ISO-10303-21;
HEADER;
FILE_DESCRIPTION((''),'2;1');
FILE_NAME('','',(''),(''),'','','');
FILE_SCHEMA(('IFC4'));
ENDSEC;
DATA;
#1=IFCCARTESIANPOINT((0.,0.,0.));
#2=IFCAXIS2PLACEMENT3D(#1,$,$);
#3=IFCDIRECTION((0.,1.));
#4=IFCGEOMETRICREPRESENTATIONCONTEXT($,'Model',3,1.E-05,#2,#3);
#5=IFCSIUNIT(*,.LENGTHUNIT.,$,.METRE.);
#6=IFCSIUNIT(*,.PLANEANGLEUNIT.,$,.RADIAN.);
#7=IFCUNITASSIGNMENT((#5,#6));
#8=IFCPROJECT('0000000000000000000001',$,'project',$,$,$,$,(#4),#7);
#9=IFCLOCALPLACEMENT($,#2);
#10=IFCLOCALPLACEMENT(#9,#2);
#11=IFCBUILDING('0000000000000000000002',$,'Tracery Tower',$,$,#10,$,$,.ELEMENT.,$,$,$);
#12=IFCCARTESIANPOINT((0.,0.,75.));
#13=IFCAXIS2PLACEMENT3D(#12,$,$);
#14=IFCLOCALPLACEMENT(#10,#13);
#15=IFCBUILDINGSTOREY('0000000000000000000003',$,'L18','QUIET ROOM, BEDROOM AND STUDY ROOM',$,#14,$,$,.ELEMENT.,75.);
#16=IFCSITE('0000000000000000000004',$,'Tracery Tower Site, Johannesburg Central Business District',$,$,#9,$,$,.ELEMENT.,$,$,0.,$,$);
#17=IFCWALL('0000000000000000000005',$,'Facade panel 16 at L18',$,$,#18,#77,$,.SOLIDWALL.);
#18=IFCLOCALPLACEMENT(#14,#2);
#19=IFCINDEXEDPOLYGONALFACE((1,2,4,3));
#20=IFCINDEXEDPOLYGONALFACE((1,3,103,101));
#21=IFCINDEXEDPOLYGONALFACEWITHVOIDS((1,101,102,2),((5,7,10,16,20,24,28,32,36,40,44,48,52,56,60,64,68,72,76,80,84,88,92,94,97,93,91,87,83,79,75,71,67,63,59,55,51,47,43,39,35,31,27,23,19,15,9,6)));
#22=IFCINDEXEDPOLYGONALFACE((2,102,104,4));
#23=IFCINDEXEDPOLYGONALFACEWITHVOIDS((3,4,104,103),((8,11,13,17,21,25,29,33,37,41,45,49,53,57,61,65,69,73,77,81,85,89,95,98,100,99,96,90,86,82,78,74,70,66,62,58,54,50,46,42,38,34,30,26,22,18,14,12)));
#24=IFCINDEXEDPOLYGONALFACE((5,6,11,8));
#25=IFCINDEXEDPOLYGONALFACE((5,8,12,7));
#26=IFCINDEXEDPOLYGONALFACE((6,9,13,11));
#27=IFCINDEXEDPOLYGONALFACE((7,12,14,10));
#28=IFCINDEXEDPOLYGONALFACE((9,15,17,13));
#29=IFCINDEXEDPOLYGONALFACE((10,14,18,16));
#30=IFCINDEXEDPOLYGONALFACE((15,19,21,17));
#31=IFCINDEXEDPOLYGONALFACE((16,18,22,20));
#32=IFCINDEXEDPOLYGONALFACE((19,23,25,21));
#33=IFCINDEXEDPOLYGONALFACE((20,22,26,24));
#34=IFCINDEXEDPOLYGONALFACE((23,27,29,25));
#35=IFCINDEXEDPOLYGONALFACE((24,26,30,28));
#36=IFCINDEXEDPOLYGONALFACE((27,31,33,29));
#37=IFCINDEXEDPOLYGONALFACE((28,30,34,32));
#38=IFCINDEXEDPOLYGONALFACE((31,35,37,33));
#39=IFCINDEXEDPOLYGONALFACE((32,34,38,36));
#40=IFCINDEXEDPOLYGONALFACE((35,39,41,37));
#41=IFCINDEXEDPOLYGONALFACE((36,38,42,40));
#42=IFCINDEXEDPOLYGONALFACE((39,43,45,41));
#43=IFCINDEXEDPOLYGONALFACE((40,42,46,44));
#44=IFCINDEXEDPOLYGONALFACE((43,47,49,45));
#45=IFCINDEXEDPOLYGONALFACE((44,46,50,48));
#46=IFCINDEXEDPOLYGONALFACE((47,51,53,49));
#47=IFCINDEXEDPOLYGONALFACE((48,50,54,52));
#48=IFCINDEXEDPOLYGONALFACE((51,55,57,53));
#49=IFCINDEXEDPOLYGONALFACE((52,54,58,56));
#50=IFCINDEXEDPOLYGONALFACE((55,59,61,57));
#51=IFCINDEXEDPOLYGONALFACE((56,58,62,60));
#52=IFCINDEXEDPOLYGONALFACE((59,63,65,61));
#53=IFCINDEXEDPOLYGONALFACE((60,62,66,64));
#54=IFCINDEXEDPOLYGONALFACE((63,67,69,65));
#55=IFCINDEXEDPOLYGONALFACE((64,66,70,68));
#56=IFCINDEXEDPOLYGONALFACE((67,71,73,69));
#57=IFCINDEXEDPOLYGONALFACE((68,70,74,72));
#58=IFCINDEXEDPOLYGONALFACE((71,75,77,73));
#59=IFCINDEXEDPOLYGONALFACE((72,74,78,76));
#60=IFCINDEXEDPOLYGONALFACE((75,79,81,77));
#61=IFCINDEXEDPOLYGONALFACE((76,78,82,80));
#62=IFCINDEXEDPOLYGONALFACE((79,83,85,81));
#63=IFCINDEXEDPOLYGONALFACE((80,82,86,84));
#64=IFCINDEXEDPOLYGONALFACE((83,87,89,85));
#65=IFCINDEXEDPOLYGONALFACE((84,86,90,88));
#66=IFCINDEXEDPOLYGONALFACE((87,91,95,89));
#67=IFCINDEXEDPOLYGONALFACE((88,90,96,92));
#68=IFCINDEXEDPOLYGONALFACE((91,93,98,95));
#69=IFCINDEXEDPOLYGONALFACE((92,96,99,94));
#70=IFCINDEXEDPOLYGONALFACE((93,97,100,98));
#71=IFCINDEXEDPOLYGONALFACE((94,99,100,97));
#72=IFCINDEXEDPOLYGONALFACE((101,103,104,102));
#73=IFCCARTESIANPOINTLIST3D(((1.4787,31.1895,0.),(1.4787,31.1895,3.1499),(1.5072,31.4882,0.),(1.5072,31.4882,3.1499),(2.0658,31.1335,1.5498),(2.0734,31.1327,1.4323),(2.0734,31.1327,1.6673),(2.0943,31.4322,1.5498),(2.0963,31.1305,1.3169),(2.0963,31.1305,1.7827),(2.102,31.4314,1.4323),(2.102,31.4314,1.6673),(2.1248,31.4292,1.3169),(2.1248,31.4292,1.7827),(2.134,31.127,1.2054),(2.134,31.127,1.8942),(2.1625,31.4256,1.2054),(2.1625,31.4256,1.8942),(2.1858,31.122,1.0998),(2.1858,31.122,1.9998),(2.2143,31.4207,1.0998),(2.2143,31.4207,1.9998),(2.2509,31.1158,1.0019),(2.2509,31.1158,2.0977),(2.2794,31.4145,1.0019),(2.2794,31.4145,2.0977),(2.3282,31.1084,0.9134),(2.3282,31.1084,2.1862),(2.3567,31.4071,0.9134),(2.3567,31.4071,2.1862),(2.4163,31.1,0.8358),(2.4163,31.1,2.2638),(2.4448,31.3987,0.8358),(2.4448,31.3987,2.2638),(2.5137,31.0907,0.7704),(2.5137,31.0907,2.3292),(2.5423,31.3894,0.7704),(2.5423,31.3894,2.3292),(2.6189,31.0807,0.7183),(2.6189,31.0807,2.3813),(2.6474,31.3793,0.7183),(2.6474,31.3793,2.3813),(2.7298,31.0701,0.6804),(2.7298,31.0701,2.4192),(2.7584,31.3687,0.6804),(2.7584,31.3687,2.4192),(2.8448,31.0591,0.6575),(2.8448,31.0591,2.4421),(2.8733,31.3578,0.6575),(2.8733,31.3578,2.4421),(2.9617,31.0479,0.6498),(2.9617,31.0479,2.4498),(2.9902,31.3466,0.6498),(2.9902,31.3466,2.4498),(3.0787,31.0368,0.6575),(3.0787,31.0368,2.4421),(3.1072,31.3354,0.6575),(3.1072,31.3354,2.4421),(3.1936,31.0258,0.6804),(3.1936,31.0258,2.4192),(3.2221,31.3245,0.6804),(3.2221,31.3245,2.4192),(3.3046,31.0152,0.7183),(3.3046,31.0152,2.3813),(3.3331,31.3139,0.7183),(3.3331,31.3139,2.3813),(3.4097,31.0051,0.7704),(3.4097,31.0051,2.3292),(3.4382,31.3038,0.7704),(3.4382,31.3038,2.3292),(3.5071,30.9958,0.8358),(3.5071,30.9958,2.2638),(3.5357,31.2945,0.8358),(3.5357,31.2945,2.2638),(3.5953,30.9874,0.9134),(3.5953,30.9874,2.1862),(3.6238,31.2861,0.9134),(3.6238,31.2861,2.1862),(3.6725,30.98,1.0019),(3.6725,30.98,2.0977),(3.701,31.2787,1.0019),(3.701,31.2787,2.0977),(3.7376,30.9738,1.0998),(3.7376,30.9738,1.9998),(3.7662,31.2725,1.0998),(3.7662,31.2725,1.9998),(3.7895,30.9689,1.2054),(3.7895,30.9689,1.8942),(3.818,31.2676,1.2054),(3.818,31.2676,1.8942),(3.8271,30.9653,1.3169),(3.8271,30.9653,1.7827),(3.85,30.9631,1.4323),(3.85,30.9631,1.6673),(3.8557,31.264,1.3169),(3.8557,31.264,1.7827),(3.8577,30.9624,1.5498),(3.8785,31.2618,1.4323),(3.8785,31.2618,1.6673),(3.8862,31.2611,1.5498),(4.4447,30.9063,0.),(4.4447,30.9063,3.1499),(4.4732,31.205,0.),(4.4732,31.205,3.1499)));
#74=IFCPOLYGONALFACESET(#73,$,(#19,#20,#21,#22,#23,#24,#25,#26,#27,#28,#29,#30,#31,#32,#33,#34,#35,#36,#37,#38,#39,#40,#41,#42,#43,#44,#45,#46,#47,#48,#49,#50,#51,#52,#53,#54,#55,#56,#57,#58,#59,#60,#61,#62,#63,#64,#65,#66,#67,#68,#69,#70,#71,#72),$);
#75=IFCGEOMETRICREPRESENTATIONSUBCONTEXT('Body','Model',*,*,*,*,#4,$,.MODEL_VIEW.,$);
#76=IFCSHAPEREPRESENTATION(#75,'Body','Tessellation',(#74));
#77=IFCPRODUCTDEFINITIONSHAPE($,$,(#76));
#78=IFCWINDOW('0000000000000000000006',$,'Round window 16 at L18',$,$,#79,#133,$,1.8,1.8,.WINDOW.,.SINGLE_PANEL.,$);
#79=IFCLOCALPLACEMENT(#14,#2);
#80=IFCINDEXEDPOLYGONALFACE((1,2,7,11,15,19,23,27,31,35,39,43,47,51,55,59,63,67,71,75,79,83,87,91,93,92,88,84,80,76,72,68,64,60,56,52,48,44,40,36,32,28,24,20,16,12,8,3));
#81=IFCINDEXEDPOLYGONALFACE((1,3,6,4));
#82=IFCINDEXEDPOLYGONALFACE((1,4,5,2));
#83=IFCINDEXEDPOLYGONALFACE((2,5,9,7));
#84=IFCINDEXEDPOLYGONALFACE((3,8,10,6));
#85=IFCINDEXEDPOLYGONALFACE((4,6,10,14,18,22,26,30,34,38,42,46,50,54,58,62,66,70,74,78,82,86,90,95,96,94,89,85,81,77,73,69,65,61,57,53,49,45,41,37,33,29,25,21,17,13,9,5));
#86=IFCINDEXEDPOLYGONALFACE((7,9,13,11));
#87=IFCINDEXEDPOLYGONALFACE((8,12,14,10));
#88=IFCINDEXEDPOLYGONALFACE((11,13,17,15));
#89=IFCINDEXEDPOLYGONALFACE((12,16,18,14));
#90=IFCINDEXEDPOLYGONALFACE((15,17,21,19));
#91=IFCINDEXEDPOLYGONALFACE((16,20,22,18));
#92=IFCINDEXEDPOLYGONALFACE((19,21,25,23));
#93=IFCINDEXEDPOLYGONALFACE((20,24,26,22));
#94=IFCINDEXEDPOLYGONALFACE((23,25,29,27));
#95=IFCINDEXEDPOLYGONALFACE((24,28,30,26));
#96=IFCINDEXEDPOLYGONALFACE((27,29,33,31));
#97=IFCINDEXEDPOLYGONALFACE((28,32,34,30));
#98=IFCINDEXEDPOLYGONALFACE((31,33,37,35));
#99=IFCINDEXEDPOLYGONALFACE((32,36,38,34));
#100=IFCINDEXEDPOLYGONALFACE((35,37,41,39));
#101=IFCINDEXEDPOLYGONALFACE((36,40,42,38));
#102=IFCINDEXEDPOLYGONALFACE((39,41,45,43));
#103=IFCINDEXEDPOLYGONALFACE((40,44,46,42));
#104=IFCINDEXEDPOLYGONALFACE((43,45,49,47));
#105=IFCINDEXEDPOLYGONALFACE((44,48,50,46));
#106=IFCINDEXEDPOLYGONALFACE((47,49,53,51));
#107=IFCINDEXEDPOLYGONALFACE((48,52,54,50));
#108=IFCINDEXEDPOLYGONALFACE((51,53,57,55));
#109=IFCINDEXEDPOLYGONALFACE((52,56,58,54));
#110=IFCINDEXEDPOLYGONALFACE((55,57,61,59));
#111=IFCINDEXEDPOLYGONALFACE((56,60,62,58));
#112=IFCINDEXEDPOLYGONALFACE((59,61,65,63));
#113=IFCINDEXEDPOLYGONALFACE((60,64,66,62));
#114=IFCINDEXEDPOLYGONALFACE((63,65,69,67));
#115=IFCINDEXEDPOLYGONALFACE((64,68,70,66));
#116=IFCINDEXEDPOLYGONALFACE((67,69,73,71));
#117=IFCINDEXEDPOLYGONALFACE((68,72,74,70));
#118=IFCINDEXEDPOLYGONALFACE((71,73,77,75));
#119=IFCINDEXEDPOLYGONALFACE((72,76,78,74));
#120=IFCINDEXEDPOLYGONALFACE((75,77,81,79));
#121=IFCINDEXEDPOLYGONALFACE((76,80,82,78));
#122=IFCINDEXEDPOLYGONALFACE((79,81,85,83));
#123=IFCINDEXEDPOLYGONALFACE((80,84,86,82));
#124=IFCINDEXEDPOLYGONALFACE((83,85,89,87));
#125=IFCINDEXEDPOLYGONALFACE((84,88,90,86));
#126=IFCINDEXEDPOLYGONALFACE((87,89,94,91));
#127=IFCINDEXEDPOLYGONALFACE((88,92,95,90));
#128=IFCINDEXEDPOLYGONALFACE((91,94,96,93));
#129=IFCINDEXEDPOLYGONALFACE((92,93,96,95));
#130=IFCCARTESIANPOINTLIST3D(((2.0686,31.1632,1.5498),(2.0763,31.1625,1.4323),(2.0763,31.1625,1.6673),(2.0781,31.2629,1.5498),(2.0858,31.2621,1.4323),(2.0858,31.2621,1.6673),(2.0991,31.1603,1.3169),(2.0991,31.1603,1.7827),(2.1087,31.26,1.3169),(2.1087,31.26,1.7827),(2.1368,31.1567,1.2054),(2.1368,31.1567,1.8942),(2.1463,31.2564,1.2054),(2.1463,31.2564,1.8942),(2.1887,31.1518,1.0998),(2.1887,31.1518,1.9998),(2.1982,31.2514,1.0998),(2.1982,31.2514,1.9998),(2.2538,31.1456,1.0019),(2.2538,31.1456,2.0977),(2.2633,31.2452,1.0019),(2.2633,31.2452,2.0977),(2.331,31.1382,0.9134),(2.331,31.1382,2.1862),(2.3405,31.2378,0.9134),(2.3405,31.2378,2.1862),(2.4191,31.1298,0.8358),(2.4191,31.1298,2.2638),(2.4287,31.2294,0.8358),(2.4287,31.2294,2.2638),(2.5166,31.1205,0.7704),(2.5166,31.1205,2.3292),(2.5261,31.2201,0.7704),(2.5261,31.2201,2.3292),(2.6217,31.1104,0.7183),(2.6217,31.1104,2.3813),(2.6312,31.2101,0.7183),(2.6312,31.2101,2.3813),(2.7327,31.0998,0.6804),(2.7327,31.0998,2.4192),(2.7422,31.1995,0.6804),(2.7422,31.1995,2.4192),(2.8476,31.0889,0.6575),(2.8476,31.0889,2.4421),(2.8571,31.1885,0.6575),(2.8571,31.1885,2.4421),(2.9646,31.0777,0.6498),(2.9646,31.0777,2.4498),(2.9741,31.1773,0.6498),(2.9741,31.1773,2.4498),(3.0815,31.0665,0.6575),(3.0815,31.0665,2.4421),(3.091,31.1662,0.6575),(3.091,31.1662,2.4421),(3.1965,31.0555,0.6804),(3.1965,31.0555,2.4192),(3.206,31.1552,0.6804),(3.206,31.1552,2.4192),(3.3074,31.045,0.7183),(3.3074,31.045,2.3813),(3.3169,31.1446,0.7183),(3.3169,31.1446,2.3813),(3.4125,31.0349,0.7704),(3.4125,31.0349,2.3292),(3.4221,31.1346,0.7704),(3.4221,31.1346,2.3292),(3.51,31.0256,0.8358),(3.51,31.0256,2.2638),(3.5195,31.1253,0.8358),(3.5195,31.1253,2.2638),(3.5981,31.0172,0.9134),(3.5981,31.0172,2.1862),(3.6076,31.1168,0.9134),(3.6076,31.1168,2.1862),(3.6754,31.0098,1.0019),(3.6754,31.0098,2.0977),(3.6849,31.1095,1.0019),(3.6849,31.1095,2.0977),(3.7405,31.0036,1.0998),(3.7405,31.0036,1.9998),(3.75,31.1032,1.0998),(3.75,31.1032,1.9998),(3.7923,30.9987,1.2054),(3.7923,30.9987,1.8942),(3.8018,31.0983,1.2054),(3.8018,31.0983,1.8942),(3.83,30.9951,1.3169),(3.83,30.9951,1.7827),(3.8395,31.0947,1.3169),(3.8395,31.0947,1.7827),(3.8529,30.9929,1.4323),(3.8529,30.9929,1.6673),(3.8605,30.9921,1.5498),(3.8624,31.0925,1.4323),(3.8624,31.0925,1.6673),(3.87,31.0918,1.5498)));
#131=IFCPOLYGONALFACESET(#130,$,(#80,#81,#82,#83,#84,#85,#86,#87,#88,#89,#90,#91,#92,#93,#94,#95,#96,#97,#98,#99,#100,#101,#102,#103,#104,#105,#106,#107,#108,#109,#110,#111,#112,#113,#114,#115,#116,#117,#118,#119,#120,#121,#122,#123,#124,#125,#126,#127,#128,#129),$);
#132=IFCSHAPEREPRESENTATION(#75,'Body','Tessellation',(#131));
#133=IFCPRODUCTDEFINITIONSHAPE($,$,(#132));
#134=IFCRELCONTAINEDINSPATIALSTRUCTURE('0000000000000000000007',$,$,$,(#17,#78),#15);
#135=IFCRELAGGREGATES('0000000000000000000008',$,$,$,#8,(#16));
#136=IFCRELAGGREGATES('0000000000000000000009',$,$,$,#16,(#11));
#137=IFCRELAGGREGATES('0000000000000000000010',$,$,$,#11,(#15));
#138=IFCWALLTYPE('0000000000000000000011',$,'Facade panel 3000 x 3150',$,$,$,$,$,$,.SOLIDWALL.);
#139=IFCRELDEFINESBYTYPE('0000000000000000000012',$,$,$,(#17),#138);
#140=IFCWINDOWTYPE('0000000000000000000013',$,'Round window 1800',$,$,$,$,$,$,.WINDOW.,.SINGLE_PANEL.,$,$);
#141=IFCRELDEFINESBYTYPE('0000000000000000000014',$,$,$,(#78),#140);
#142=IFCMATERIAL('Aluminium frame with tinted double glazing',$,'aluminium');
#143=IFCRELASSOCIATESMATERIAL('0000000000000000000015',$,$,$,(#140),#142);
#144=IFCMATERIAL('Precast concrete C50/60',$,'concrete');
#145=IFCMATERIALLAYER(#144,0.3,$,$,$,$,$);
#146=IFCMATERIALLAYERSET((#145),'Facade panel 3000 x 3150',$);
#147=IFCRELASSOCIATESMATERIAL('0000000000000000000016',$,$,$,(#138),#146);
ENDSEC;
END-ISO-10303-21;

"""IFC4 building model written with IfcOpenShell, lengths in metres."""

from ifc_helpers import new_model, si_unit, direction, frame, frame_2d, origin, origin_2d, place, context, subcontext, project, spatial, rectangle, circle, extrude, material, layer, layer_set, type_object, element, fill, save


model = new_model("IFC4")

# Units and contexts
model_context = context("Model", 3, precision=1e-05, world=origin(), true_north=direction((0.0, 1.0)))
body_context = subcontext(model_context, "Body", "Model", "MODEL_VIEW")
ifc_project = project(units=[si_unit("LENGTHUNIT", "METRE"), si_unit("PLANEANGLEUNIT", "RADIAN")], contexts=[model_context])

# Site, building, storey
site_placement = place(None, origin())
site = spatial("IfcSite", under=ifc_project, at=site_placement, Name="Tracery Tower Site, Johannesburg Central Business District", CompositionType="ELEMENT", RefElevation=0.0)
building_placement = place(site_placement, origin())
building = spatial("IfcBuilding", under=site, at=building_placement, Name="Tracery Tower", CompositionType="ELEMENT")
storey_placement = place(building_placement, frame((0.0, 0.0, 75.0)))
storey = spatial("IfcBuildingStorey", under=building, at=storey_placement, Name="L18", Description="QUIET ROOM, BEDROOM AND STUDY ROOM", CompositionType="ELEMENT", Elevation=75.0)

# Wall, opening, window
ifc_material_1 = material(Name="Aluminium frame with tinted double glazing", Category="aluminium")
window_type = type_object("IfcWindowType", Name="Round window 1800", PartitioningType="SINGLE_PANEL", PredefinedType="WINDOW", material=ifc_material_1)
ifc_material_2 = material(Name="Precast concrete C50/60", Category="concrete")
ifc_layer_1 = layer(ifc_material_2, 0.3)
ifc_layer_set_1 = layer_set([ifc_layer_1], Name="Facade panel 3000 x 3150")
wall_type_1 = type_object("IfcWallType", Name="Facade panel 3000 x 3150", PredefinedType="SOLIDWALL", material=ifc_layer_set_1)
wall_1_placement = place(storey_placement, frame((4.459, 31.0557, 0.0), z_axis=(0.0, 0.0, 1.0), x_axis=(-0.995473, 0.095049, 0.0)))
wall_1 = element("IfcWall", 1, at=wall_1_placement, inside=storey, type_object=wall_type_1, Name="Facade panel 16 at L18", PredefinedType="SOLIDWALL", context=body_context, shape_type="SweptSolid", body=[
    extrude(rectangle(XDim=2.9795, YDim=0.3, at=frame_2d((1.4897, 0.0))), origin(), (0.0, 0.0, 1.0), 3.1499),
])
opening_1_placement = place(wall_1_placement, frame((1.4897, 0.0, 1.5498)))
opening_1 = element("IfcOpeningElement", 2, at=opening_1_placement, cuts=wall_1, PredefinedType="OPENING", context=body_context, shape_type="SweptSolid", body=[
    extrude(circle(Radius=0.9, at=origin_2d()), frame((0.0, 0.1599, 0.0), z_axis=(0.0, -1.0, 0.0), x_axis=(1.0, 0.0, 0.0)), (0.0, 0.0, 1.0), 0.3201),
])
window_1_placement = place(opening_1_placement, origin())
window_1 = element("IfcWindow", 3, at=window_1_placement, inside=storey, type_object=window_type, Name="Round window 16 at L18", OverallHeight=1.8, OverallWidth=1.8, PartitioningType="SINGLE_PANEL", PredefinedType="WINDOW", context=body_context, shape_type="SweptSolid", body=[
    extrude(circle(Radius=0.9, at=origin_2d()), frame((0.0, 0.1201, 0.0), z_axis=(0.0, -1.0, 0.0), x_axis=(1.0, 0.0, 0.0)), (0.0, 0.0, 1.0), 0.1001),
])
fill(opening_1, window_1)

save(model, "model.ifc")
